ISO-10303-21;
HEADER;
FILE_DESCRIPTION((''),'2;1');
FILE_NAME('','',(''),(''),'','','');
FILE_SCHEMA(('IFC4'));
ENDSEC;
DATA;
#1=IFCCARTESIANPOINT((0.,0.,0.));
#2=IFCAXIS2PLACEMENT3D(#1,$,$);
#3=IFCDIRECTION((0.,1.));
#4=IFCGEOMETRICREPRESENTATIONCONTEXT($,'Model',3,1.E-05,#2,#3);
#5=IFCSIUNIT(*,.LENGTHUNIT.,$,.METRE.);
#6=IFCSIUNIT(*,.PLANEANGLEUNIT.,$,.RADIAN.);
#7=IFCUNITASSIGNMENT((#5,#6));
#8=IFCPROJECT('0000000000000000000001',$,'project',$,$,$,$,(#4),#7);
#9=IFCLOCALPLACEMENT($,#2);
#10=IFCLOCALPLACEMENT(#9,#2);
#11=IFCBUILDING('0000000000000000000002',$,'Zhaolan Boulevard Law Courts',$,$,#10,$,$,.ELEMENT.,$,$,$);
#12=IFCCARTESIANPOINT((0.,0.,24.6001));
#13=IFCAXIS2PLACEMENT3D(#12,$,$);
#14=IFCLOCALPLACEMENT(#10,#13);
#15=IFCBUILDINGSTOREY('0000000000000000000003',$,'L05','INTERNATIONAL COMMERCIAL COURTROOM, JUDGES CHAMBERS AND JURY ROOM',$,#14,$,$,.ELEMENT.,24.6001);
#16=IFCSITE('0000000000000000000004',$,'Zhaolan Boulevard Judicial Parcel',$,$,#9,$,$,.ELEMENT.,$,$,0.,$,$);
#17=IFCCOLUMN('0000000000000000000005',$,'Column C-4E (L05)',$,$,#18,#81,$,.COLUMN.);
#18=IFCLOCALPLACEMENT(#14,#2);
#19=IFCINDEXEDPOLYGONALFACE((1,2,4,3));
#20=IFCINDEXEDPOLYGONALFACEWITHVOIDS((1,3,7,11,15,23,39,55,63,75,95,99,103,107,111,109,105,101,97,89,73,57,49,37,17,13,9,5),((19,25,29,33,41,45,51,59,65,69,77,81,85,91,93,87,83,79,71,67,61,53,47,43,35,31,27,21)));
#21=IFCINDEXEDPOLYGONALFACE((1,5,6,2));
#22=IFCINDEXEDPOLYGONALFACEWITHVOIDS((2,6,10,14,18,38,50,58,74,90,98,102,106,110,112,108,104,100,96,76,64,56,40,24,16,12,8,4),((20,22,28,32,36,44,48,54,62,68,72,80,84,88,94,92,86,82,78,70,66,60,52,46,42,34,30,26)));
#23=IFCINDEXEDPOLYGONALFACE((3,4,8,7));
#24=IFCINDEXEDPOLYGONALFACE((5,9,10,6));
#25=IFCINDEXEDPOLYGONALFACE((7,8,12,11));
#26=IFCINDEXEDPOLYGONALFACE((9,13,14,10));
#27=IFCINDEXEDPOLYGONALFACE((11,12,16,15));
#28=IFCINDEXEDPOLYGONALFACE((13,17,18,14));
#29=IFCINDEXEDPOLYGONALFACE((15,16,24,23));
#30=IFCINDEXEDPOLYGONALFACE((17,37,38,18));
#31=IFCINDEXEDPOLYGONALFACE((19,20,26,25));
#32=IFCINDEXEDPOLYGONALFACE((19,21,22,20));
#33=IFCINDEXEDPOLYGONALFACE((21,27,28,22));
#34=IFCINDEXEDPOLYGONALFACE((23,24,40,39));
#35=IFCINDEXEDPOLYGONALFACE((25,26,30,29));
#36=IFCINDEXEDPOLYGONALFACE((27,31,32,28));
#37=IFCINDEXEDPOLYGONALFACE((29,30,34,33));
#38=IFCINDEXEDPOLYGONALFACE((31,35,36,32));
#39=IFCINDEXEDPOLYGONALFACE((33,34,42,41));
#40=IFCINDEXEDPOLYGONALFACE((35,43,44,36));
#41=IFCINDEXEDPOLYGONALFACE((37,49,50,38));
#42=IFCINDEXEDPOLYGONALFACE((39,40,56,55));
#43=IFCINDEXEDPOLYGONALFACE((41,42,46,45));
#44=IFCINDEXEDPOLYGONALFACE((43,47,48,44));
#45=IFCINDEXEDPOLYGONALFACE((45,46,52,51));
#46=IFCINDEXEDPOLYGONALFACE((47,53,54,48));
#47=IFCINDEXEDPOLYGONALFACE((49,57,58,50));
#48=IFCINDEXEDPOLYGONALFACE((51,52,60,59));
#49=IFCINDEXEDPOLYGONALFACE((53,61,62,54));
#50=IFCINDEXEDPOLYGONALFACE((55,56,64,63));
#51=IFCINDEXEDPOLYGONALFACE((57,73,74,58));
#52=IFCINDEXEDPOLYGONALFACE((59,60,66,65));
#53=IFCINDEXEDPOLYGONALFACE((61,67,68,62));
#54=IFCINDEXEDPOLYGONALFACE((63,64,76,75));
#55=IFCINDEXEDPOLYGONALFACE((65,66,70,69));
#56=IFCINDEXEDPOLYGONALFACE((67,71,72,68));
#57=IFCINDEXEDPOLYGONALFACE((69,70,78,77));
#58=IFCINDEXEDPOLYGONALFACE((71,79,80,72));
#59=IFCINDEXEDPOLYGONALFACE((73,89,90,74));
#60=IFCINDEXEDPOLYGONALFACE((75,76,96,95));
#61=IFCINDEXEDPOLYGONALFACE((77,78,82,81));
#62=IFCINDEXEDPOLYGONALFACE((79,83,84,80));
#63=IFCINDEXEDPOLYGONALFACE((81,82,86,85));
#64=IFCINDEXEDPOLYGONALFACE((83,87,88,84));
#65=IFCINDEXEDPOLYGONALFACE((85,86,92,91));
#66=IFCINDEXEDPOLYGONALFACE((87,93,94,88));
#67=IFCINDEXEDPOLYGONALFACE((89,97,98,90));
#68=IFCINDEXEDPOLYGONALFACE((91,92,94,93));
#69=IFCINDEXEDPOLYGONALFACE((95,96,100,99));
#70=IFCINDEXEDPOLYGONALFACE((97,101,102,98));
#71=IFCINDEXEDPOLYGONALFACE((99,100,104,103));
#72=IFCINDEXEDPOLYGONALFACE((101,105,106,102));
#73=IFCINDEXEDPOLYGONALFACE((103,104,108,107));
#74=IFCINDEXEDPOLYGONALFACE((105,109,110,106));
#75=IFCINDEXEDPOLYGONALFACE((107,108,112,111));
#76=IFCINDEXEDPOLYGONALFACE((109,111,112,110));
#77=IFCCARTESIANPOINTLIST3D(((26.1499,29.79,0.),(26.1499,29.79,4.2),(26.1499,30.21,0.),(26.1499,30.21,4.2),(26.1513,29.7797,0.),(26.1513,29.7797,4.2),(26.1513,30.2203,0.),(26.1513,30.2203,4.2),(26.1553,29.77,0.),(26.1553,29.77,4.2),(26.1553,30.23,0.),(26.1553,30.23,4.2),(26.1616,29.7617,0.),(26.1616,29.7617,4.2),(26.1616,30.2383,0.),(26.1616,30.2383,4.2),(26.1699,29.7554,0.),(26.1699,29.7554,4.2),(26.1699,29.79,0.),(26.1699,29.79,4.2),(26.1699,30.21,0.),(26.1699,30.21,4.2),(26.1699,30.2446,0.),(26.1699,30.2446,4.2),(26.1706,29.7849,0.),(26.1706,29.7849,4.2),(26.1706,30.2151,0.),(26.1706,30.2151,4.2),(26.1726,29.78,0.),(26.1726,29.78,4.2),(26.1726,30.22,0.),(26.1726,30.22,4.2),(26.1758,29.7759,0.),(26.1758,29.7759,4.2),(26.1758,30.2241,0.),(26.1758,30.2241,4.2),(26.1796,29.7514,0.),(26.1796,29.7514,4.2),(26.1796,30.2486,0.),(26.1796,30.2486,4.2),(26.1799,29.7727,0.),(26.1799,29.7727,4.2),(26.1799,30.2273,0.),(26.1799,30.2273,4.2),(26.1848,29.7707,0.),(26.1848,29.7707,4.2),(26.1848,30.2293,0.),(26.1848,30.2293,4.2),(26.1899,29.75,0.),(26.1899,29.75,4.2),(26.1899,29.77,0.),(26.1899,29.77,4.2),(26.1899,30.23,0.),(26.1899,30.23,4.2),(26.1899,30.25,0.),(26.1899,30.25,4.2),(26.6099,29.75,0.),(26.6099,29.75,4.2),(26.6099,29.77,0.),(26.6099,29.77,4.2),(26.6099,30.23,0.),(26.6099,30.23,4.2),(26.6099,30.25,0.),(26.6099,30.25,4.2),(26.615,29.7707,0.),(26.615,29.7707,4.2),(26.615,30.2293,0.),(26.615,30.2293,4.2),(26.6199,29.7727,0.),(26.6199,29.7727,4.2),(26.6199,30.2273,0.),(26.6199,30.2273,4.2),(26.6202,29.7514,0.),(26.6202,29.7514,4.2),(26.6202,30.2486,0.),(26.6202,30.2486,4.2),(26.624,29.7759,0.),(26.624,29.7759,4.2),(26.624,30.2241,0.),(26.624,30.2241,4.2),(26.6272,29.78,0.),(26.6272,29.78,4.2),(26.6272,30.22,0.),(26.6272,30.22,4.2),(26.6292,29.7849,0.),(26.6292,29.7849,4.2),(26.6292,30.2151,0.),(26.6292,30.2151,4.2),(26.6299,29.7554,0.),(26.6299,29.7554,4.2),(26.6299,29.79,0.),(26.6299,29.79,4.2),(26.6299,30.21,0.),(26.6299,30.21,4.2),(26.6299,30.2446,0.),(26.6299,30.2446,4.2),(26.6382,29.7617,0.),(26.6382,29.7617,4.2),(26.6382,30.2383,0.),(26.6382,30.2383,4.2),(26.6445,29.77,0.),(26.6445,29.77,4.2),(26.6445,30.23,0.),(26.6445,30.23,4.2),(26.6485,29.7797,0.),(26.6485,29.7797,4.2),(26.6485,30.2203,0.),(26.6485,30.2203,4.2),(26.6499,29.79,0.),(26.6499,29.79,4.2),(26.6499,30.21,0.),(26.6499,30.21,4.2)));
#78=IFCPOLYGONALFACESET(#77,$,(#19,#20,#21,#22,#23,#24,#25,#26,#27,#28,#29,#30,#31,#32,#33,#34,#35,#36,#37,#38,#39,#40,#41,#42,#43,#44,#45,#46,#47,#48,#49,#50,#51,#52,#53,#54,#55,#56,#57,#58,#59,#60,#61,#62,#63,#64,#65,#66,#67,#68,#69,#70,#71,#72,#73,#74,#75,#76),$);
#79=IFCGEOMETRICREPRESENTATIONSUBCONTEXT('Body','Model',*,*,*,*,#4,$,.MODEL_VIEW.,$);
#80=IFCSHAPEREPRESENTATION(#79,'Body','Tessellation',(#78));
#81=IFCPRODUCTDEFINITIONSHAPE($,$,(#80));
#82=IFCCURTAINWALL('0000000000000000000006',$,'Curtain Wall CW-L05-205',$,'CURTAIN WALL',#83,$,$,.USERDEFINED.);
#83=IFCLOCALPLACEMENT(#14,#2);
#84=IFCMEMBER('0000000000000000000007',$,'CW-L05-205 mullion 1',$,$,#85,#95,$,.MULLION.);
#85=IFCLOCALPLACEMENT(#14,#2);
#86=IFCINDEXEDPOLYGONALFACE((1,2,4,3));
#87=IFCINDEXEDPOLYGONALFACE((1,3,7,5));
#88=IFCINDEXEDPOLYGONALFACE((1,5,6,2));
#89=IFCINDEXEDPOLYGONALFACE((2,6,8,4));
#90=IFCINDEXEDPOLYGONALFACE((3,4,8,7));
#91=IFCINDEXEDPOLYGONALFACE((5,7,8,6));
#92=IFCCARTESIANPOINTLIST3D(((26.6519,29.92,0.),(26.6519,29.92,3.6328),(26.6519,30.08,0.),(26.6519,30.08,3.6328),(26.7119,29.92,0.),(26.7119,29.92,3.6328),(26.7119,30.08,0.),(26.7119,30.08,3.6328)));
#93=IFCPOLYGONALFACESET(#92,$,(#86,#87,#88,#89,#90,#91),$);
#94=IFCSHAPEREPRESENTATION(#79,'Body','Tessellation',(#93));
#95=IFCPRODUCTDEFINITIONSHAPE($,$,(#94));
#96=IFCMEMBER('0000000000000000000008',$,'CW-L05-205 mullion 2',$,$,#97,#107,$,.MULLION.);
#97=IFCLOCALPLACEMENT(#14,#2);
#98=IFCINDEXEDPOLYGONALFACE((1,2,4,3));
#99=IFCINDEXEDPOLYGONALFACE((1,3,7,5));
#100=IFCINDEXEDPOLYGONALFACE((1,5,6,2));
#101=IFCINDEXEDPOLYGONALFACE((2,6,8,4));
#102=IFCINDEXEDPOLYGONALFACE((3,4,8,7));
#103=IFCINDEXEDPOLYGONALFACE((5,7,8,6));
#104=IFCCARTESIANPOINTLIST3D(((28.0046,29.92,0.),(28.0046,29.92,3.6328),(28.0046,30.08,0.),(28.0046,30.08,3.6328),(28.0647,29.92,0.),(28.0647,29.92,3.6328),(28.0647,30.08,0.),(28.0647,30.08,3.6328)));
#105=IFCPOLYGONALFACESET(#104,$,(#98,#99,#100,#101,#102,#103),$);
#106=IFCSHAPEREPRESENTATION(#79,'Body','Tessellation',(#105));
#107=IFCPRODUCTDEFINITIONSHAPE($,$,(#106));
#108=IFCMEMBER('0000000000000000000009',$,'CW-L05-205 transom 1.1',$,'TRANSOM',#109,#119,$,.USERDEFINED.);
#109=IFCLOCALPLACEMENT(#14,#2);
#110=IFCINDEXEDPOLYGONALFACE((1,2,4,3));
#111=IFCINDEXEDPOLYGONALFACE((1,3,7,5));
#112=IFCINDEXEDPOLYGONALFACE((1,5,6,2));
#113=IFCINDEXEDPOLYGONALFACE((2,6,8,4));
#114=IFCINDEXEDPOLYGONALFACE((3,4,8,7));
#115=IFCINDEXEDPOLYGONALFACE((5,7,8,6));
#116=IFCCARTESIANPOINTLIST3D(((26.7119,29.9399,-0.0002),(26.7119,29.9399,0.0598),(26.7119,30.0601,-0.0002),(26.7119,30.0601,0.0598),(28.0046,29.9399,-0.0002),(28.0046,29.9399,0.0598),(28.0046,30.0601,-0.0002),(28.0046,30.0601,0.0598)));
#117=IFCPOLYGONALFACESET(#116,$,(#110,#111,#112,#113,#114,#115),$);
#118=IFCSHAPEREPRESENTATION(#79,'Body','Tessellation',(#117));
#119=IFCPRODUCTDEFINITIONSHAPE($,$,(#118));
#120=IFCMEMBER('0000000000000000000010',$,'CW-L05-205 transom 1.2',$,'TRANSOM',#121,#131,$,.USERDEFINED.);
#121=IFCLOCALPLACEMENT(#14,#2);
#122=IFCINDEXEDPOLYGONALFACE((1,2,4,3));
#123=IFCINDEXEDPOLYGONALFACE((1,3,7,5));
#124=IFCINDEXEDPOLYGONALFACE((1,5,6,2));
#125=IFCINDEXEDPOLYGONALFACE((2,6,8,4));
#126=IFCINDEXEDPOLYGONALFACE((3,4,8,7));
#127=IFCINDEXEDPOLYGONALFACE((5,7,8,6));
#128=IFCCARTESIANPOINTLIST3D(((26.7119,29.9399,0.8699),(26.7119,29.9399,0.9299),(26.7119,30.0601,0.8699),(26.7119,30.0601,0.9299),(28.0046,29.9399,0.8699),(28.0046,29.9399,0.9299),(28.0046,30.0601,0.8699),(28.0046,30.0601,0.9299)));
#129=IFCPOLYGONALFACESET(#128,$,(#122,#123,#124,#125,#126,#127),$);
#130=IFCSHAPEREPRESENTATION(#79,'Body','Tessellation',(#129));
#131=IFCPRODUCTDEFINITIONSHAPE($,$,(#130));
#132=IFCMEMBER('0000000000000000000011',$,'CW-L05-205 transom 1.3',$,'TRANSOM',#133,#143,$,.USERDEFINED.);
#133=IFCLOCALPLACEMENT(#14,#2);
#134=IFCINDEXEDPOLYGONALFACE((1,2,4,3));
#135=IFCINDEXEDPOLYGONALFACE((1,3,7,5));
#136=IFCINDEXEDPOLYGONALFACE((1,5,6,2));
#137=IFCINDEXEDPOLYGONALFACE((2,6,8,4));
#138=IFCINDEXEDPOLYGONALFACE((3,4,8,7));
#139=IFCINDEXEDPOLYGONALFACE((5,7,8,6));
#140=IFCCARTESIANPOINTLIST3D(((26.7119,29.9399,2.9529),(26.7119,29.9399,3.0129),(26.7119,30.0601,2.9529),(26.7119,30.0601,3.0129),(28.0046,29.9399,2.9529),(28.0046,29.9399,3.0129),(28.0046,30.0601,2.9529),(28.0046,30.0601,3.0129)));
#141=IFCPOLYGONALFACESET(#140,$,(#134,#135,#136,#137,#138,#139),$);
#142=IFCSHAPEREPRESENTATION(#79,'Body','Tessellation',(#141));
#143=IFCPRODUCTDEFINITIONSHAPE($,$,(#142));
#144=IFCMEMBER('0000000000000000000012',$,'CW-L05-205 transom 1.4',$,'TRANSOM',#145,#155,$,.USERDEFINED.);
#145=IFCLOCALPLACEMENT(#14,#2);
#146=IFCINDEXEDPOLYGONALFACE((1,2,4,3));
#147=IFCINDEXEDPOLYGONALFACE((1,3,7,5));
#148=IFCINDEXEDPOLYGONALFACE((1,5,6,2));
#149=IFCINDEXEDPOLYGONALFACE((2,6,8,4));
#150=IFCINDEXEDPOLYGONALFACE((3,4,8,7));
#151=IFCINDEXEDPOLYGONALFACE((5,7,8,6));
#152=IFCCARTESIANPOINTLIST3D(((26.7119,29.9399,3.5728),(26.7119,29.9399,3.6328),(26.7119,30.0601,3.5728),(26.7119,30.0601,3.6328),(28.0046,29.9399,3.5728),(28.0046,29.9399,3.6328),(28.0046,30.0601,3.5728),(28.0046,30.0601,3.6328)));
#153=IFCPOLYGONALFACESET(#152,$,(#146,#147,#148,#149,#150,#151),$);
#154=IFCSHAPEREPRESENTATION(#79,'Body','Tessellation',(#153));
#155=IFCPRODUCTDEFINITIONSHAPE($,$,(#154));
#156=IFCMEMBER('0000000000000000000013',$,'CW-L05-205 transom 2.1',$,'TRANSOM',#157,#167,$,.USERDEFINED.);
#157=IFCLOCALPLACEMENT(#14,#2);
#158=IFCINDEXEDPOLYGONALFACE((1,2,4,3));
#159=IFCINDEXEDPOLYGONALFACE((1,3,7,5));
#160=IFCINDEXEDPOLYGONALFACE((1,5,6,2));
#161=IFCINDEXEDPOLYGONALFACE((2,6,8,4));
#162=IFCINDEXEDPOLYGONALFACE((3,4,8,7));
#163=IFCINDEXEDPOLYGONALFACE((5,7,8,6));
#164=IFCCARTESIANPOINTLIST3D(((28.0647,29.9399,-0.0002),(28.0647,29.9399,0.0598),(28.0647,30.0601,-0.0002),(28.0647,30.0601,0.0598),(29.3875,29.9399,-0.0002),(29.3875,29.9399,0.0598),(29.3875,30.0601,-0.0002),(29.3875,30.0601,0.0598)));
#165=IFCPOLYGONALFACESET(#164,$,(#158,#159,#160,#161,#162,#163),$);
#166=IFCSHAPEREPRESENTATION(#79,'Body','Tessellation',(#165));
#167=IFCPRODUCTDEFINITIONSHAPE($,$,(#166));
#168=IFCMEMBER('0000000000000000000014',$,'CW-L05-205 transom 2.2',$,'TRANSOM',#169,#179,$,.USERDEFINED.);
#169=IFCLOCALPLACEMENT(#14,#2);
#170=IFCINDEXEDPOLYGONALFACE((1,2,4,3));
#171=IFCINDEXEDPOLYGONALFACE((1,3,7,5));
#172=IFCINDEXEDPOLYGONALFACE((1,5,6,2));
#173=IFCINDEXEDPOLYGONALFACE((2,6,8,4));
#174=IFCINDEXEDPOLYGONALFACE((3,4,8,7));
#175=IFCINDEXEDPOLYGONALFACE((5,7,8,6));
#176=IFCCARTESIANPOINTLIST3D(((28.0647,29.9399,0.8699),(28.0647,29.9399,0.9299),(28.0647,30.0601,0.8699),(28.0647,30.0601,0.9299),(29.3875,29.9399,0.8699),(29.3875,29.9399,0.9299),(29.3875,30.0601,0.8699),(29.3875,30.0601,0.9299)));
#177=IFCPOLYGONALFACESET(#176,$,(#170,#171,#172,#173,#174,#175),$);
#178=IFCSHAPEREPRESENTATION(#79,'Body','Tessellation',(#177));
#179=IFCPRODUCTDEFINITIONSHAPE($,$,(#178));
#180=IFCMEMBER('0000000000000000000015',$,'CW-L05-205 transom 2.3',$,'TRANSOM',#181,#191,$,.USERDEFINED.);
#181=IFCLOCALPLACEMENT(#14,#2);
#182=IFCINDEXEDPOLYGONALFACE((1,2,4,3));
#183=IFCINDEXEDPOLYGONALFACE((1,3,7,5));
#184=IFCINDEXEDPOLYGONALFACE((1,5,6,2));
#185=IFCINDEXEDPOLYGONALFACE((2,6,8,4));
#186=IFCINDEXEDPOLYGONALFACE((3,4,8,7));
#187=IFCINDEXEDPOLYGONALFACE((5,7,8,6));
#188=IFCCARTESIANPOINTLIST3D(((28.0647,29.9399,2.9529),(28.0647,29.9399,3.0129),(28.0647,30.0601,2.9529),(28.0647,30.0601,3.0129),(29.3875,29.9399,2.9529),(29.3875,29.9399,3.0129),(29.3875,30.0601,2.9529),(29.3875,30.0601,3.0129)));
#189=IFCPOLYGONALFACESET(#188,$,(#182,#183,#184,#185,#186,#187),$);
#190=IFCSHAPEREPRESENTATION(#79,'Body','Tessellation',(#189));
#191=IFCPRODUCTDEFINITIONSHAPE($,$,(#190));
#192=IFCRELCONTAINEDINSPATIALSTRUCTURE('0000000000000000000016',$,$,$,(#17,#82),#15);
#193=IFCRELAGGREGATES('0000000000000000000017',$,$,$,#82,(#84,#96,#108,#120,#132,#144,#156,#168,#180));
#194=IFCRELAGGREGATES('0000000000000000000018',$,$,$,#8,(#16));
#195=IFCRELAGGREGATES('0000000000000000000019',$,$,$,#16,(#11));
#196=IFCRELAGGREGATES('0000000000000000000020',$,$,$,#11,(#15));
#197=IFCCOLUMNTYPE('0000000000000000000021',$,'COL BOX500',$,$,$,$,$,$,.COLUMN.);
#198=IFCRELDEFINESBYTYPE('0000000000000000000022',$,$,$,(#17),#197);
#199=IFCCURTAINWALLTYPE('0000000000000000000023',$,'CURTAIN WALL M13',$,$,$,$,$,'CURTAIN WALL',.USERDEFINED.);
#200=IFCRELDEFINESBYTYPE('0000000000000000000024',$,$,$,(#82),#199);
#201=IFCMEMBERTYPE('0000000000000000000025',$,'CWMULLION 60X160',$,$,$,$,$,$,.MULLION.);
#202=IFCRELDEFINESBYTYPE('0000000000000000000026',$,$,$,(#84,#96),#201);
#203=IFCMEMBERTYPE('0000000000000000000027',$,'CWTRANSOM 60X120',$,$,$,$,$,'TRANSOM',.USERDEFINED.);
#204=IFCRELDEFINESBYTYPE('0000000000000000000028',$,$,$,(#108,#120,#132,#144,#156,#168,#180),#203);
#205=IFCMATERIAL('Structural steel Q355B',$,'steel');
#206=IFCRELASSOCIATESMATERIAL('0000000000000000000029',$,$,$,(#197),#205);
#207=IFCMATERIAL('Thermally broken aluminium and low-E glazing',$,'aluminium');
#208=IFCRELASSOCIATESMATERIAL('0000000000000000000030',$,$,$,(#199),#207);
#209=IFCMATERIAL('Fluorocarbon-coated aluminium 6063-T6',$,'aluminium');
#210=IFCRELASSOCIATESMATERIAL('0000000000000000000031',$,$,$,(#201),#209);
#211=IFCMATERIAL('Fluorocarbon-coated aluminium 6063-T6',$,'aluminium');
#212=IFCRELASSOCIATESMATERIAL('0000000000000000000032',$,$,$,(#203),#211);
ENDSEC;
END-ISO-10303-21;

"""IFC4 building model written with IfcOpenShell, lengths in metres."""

from ifc_helpers import new_model, si_unit, direction, frame, origin, origin_2d, place, context, subcontext, project, spatial, rectangle, hollow_rectangle, extrude, material, material_profile, profile_set, type_object, element, aggregate, save


model = new_model("IFC4")

# Units and contexts
model_context = context("Model", 3, precision=1e-05, world=origin(), true_north=direction((0.0, 1.0)))
body_context = subcontext(model_context, "Body", "Model", "MODEL_VIEW")
ifc_project = project(units=[si_unit("LENGTHUNIT", "METRE"), si_unit("PLANEANGLEUNIT", "RADIAN")], contexts=[model_context])

# Site, building, storey
site_placement = place(None, origin())
site = spatial("IfcSite", under=ifc_project, at=site_placement, Name="Zhaolan Boulevard Judicial Parcel", CompositionType="ELEMENT", RefElevation=0.0)
building_placement = place(site_placement, origin())
building = spatial("IfcBuilding", under=site, at=building_placement, Name="Zhaolan Boulevard Law Courts", CompositionType="ELEMENT")
storey_placement = place(building_placement, frame((0.0, 0.0, 24.6001)))
storey = spatial("IfcBuildingStorey", under=building, at=storey_placement, Name="L05", Description="INTERNATIONAL COMMERCIAL COURTROOM, JUDGES CHAMBERS AND JURY ROOM", CompositionType="ELEMENT", Elevation=24.6001)

# Column
ifc_material_1 = material(Name="Structural steel Q355B", Category="steel")
ifc_material_profile_1 = material_profile(ifc_material_1, hollow_rectangle(XDim=0.5, YDim=0.5, WallThickness=0.02, InnerFilletRadius=0.02, OuterFilletRadius=0.04, at=origin_2d()), Name="BOX500x500x20")
ifc_profile_set_1 = profile_set([ifc_material_profile_1], Name="Structural steel Q355B")
column_type = type_object("IfcColumnType", Name="COL BOX500", PredefinedType="COLUMN", material=ifc_profile_set_1)
column_placement = place(storey_placement, frame((26.3999, 30.0, 0.0), z_axis=(0.0, 0.0, 1.0), x_axis=(1.0, 0.0, 0.0)))
element("IfcColumn", 1, at=column_placement, inside=storey, type_object=column_type, Name="Column C-4E (L05)", PredefinedType="COLUMN", context=body_context, shape_type="SweptSolid", body=[
    extrude(hollow_rectangle(XDim=0.5, YDim=0.5, WallThickness=0.02, InnerFilletRadius=0.02, OuterFilletRadius=0.04, at=origin_2d()), origin(), (0.0, 0.0, 1.0), 4.2),
])

# Curtain wall, members
ifc_material_2 = material(Name="Thermally broken aluminium and low-E glazing", Category="aluminium")
curtain_wall_type = type_object("IfcCurtainWallType", Name="CURTAIN WALL M13", ElementType="CURTAIN WALL", PredefinedType="USERDEFINED", material=ifc_material_2)
curtain_wall_placement = place(storey_placement, origin())
curtain_wall = element("IfcCurtainWall", 2, at=curtain_wall_placement, inside=storey, type_object=curtain_wall_type, Name="Curtain Wall CW-L05-205", ObjectType="CURTAIN WALL", PredefinedType="USERDEFINED")
ifc_material_3 = material(Name="Fluorocarbon-coated aluminium 6063-T6", Category="aluminium")
ifc_material_profile_2 = material_profile(ifc_material_3, rectangle(XDim=0.1599, YDim=0.0601, at=origin_2d()), Name="AL60x160")
ifc_profile_set_2 = profile_set([ifc_material_profile_2], Name="Fluorocarbon-coated aluminium 6063-T6")
member_type_1 = type_object("IfcMemberType", Name="CWMULLION 60X160", PredefinedType="MULLION", material=ifc_profile_set_2)
member_1_placement = place(storey_placement, frame((26.6819, 30.0, 0.0), z_axis=(0.0, 0.0, 1.0), x_axis=(0.0, 1.0, 0.0)))
member_1 = element("IfcMember", 3, at=member_1_placement, type_object=member_type_1, Name="CW-L05-205 mullion 1", PredefinedType="MULLION", context=body_context, shape_type="SweptSolid", body=[
    extrude(rectangle(XDim=0.1599, YDim=0.0601, at=origin_2d()), origin(), (0.0, 0.0, 1.0), 3.6328),
])
member_2_placement = place(storey_placement, frame((28.0347, 30.0, 0.0), z_axis=(0.0, 0.0, 1.0), x_axis=(0.0, 1.0, 0.0)))
member_2 = element("IfcMember", 4, at=member_2_placement, type_object=member_type_1, Name="CW-L05-205 mullion 2", PredefinedType="MULLION", context=body_context, shape_type="SweptSolid", body=[
    extrude(rectangle(XDim=0.1599, YDim=0.0601, at=origin_2d()), origin(), (0.0, 0.0, 1.0), 3.6328),
])
ifc_material_4 = material(Name="Fluorocarbon-coated aluminium 6063-T6", Category="aluminium")
ifc_material_profile_3 = material_profile(ifc_material_4, rectangle(XDim=0.1201, YDim=0.0601, at=origin_2d()), Name="AL60x120")
ifc_profile_set_3 = profile_set([ifc_material_profile_3], Name="Fluorocarbon-coated aluminium 6063-T6")
member_type_2 = type_object("IfcMemberType", Name="CWTRANSOM 60X120", ElementType="TRANSOM", PredefinedType="USERDEFINED", material=ifc_profile_set_3)
member_3_placement = place(storey_placement, frame((26.7119, 30.0, 0.0298), z_axis=(1.0, 0.0, 0.0), x_axis=(0.0, 1.0, 0.0)))
member_3 = element("IfcMember", 5, at=member_3_placement, type_object=member_type_2, Name="CW-L05-205 transom 1.1", ObjectType="TRANSOM", PredefinedType="USERDEFINED", context=body_context, shape_type="SweptSolid", body=[
    extrude(rectangle(XDim=0.1201, YDim=0.0601, at=origin_2d()), origin(), (0.0, 0.0, 1.0), 1.2927),
])
member_4_placement = place(storey_placement, frame((26.7119, 30.0, 0.8999), z_axis=(1.0, 0.0, 0.0), x_axis=(0.0, 1.0, 0.0)))
member_4 = element("IfcMember", 6, at=member_4_placement, type_object=member_type_2, Name="CW-L05-205 transom 1.2", ObjectType="TRANSOM", PredefinedType="USERDEFINED", context=body_context, shape_type="SweptSolid", body=[
    extrude(rectangle(XDim=0.1201, YDim=0.0601, at=origin_2d()), origin(), (0.0, 0.0, 1.0), 1.2927),
])
member_5_placement = place(storey_placement, frame((26.7119, 30.0, 2.9829), z_axis=(1.0, 0.0, 0.0), x_axis=(0.0, 1.0, 0.0)))
member_5 = element("IfcMember", 7, at=member_5_placement, type_object=member_type_2, Name="CW-L05-205 transom 1.3", ObjectType="TRANSOM", PredefinedType="USERDEFINED", context=body_context, shape_type="SweptSolid", body=[
    extrude(rectangle(XDim=0.1201, YDim=0.0601, at=origin_2d()), origin(), (0.0, 0.0, 1.0), 1.2927),
])
member_6_placement = place(storey_placement, frame((26.7119, 30.0, 3.6028), z_axis=(1.0, 0.0, 0.0), x_axis=(0.0, 1.0, 0.0)))
member_6 = element("IfcMember", 8, at=member_6_placement, type_object=member_type_2, Name="CW-L05-205 transom 1.4", ObjectType="TRANSOM", PredefinedType="USERDEFINED", context=body_context, shape_type="SweptSolid", body=[
    extrude(rectangle(XDim=0.1201, YDim=0.0601, at=origin_2d()), origin(), (0.0, 0.0, 1.0), 1.2927),
])
member_7_placement = place(storey_placement, frame((28.0647, 30.0, 0.0298), z_axis=(1.0, 0.0, 0.0), x_axis=(0.0, 1.0, 0.0)))
member_7 = element("IfcMember", 9, at=member_7_placement, type_object=member_type_2, Name="CW-L05-205 transom 2.1", ObjectType="TRANSOM", PredefinedType="USERDEFINED", context=body_context, shape_type="SweptSolid", body=[
    extrude(rectangle(XDim=0.1201, YDim=0.0601, at=origin_2d()), origin(), (0.0, 0.0, 1.0), 1.3228),
])
member_8_placement = place(storey_placement, frame((28.0647, 30.0, 0.8999), z_axis=(1.0, 0.0, 0.0), x_axis=(0.0, 1.0, 0.0)))
member_8 = element("IfcMember", 10, at=member_8_placement, type_object=member_type_2, Name="CW-L05-205 transom 2.2", ObjectType="TRANSOM", PredefinedType="USERDEFINED", context=body_context, shape_type="SweptSolid", body=[
    extrude(rectangle(XDim=0.1201, YDim=0.0601, at=origin_2d()), origin(), (0.0, 0.0, 1.0), 1.3228),
])
member_9_placement = place(storey_placement, frame((28.0647, 30.0, 2.9829), z_axis=(1.0, 0.0, 0.0), x_axis=(0.0, 1.0, 0.0)))
member_9 = element("IfcMember", 11, at=member_9_placement, type_object=member_type_2, Name="CW-L05-205 transom 2.3", ObjectType="TRANSOM", PredefinedType="USERDEFINED", context=body_context, shape_type="SweptSolid", body=[
    extrude(rectangle(XDim=0.1201, YDim=0.0601, at=origin_2d()), origin(), (0.0, 0.0, 1.0), 1.3228),
])

aggregate(curtain_wall, [member_1, member_2, member_3, member_4, member_5, member_6, member_7, member_8, member_9])

save(model, "model.ifc")
